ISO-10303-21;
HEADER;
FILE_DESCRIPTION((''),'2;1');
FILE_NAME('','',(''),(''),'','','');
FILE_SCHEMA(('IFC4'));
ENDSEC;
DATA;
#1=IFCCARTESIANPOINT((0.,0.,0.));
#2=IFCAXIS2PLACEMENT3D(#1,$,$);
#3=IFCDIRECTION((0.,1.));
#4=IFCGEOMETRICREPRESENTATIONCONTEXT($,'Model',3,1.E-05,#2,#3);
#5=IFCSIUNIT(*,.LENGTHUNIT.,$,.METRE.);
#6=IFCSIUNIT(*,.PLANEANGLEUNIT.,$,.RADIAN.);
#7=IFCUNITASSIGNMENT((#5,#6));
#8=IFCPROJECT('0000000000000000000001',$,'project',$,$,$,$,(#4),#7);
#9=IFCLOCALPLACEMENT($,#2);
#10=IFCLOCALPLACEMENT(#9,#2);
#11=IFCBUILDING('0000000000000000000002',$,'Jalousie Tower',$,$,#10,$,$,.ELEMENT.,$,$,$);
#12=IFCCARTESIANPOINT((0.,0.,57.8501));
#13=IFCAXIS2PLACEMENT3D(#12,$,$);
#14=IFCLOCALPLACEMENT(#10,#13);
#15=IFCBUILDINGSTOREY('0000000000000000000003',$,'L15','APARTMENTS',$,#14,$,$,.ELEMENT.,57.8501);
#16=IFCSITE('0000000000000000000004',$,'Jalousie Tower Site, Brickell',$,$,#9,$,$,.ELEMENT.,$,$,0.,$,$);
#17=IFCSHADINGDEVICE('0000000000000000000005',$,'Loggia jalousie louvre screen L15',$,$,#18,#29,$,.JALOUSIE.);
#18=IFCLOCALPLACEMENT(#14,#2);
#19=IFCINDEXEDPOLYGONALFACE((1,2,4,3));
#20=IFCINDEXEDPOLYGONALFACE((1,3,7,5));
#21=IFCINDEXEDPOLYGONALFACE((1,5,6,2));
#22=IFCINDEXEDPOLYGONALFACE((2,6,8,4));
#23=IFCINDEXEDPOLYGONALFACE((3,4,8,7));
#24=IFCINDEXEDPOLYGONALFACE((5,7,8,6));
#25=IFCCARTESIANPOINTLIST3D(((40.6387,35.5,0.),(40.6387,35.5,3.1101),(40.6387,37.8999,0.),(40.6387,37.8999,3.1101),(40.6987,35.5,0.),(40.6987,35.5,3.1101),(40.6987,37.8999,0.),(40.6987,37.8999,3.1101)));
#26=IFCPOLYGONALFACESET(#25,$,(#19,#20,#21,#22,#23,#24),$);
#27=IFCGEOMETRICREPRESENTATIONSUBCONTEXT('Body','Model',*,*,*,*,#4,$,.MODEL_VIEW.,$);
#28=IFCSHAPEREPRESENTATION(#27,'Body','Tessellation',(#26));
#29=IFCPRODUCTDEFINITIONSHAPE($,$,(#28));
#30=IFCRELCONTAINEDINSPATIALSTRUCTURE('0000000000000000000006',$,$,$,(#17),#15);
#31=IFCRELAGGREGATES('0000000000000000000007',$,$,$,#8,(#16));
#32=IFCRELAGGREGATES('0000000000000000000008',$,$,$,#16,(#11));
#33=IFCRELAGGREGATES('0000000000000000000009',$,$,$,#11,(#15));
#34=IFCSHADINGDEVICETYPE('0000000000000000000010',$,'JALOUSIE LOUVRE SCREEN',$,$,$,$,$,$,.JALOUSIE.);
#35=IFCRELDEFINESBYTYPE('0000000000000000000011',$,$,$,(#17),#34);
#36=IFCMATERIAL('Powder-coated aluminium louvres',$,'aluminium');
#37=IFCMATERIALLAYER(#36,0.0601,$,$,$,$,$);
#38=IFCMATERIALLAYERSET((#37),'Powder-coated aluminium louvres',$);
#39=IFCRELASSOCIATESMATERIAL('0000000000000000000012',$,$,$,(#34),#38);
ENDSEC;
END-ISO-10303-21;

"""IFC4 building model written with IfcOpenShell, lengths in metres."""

from ifc_helpers import new_model, si_unit, direction, frame, origin, origin_2d, place, context, subcontext, project, spatial, rectangle, extrude, material, layer, layer_set, type_object, element, save


model = new_model("IFC4")

# Units and contexts
model_context = context("Model", 3, precision=1e-05, world=origin(), true_north=direction((0.0, 1.0)))
body_context = subcontext(model_context, "Body", "Model", "MODEL_VIEW")
ifc_project = project(units=[si_unit("LENGTHUNIT", "METRE"), si_unit("PLANEANGLEUNIT", "RADIAN")], contexts=[model_context])

# Site, building, storey
site_placement = place(None, origin())
site = spatial("IfcSite", under=ifc_project, at=site_placement, Name="Jalousie Tower Site, Brickell", CompositionType="ELEMENT", RefElevation=0.0)
building_placement = place(site_placement, origin())
building = spatial("IfcBuilding", under=site, at=building_placement, Name="Jalousie Tower", CompositionType="ELEMENT")
storey_placement = place(building_placement, frame((0.0, 0.0, 57.8501)))
storey = spatial("IfcBuildingStorey", under=building, at=storey_placement, Name="L15", Description="APARTMENTS", CompositionType="ELEMENT", Elevation=57.8501)

# Shading device
ifc_material_1 = material(Name="Powder-coated aluminium louvres", Category="aluminium")
ifc_layer_1 = layer(ifc_material_1, 0.0601)
ifc_layer_set_1 = layer_set([ifc_layer_1], Name="Powder-coated aluminium louvres")
shading_device_type_1 = type_object("IfcShadingDeviceType", Name="JALOUSIE LOUVRE SCREEN", PredefinedType="JALOUSIE", material=ifc_layer_set_1)
shading_device_1_placement = place(storey_placement, frame((40.6687, 36.7, 0.0), z_axis=(0.0, 0.0, 1.0), x_axis=(-1.0, 0.0, 0.0)))
element("IfcShadingDevice", 1, at=shading_device_1_placement, inside=storey, type_object=shading_device_type_1, Name="Loggia jalousie louvre screen L15", PredefinedType="JALOUSIE", context=body_context, shape_type="SweptSolid", body=[
    extrude(rectangle(XDim=0.0601, YDim=2.3999, at=origin_2d()), origin(), (0.0, 0.0, 1.0), 3.1101),
])

save(model, "model.ifc")
